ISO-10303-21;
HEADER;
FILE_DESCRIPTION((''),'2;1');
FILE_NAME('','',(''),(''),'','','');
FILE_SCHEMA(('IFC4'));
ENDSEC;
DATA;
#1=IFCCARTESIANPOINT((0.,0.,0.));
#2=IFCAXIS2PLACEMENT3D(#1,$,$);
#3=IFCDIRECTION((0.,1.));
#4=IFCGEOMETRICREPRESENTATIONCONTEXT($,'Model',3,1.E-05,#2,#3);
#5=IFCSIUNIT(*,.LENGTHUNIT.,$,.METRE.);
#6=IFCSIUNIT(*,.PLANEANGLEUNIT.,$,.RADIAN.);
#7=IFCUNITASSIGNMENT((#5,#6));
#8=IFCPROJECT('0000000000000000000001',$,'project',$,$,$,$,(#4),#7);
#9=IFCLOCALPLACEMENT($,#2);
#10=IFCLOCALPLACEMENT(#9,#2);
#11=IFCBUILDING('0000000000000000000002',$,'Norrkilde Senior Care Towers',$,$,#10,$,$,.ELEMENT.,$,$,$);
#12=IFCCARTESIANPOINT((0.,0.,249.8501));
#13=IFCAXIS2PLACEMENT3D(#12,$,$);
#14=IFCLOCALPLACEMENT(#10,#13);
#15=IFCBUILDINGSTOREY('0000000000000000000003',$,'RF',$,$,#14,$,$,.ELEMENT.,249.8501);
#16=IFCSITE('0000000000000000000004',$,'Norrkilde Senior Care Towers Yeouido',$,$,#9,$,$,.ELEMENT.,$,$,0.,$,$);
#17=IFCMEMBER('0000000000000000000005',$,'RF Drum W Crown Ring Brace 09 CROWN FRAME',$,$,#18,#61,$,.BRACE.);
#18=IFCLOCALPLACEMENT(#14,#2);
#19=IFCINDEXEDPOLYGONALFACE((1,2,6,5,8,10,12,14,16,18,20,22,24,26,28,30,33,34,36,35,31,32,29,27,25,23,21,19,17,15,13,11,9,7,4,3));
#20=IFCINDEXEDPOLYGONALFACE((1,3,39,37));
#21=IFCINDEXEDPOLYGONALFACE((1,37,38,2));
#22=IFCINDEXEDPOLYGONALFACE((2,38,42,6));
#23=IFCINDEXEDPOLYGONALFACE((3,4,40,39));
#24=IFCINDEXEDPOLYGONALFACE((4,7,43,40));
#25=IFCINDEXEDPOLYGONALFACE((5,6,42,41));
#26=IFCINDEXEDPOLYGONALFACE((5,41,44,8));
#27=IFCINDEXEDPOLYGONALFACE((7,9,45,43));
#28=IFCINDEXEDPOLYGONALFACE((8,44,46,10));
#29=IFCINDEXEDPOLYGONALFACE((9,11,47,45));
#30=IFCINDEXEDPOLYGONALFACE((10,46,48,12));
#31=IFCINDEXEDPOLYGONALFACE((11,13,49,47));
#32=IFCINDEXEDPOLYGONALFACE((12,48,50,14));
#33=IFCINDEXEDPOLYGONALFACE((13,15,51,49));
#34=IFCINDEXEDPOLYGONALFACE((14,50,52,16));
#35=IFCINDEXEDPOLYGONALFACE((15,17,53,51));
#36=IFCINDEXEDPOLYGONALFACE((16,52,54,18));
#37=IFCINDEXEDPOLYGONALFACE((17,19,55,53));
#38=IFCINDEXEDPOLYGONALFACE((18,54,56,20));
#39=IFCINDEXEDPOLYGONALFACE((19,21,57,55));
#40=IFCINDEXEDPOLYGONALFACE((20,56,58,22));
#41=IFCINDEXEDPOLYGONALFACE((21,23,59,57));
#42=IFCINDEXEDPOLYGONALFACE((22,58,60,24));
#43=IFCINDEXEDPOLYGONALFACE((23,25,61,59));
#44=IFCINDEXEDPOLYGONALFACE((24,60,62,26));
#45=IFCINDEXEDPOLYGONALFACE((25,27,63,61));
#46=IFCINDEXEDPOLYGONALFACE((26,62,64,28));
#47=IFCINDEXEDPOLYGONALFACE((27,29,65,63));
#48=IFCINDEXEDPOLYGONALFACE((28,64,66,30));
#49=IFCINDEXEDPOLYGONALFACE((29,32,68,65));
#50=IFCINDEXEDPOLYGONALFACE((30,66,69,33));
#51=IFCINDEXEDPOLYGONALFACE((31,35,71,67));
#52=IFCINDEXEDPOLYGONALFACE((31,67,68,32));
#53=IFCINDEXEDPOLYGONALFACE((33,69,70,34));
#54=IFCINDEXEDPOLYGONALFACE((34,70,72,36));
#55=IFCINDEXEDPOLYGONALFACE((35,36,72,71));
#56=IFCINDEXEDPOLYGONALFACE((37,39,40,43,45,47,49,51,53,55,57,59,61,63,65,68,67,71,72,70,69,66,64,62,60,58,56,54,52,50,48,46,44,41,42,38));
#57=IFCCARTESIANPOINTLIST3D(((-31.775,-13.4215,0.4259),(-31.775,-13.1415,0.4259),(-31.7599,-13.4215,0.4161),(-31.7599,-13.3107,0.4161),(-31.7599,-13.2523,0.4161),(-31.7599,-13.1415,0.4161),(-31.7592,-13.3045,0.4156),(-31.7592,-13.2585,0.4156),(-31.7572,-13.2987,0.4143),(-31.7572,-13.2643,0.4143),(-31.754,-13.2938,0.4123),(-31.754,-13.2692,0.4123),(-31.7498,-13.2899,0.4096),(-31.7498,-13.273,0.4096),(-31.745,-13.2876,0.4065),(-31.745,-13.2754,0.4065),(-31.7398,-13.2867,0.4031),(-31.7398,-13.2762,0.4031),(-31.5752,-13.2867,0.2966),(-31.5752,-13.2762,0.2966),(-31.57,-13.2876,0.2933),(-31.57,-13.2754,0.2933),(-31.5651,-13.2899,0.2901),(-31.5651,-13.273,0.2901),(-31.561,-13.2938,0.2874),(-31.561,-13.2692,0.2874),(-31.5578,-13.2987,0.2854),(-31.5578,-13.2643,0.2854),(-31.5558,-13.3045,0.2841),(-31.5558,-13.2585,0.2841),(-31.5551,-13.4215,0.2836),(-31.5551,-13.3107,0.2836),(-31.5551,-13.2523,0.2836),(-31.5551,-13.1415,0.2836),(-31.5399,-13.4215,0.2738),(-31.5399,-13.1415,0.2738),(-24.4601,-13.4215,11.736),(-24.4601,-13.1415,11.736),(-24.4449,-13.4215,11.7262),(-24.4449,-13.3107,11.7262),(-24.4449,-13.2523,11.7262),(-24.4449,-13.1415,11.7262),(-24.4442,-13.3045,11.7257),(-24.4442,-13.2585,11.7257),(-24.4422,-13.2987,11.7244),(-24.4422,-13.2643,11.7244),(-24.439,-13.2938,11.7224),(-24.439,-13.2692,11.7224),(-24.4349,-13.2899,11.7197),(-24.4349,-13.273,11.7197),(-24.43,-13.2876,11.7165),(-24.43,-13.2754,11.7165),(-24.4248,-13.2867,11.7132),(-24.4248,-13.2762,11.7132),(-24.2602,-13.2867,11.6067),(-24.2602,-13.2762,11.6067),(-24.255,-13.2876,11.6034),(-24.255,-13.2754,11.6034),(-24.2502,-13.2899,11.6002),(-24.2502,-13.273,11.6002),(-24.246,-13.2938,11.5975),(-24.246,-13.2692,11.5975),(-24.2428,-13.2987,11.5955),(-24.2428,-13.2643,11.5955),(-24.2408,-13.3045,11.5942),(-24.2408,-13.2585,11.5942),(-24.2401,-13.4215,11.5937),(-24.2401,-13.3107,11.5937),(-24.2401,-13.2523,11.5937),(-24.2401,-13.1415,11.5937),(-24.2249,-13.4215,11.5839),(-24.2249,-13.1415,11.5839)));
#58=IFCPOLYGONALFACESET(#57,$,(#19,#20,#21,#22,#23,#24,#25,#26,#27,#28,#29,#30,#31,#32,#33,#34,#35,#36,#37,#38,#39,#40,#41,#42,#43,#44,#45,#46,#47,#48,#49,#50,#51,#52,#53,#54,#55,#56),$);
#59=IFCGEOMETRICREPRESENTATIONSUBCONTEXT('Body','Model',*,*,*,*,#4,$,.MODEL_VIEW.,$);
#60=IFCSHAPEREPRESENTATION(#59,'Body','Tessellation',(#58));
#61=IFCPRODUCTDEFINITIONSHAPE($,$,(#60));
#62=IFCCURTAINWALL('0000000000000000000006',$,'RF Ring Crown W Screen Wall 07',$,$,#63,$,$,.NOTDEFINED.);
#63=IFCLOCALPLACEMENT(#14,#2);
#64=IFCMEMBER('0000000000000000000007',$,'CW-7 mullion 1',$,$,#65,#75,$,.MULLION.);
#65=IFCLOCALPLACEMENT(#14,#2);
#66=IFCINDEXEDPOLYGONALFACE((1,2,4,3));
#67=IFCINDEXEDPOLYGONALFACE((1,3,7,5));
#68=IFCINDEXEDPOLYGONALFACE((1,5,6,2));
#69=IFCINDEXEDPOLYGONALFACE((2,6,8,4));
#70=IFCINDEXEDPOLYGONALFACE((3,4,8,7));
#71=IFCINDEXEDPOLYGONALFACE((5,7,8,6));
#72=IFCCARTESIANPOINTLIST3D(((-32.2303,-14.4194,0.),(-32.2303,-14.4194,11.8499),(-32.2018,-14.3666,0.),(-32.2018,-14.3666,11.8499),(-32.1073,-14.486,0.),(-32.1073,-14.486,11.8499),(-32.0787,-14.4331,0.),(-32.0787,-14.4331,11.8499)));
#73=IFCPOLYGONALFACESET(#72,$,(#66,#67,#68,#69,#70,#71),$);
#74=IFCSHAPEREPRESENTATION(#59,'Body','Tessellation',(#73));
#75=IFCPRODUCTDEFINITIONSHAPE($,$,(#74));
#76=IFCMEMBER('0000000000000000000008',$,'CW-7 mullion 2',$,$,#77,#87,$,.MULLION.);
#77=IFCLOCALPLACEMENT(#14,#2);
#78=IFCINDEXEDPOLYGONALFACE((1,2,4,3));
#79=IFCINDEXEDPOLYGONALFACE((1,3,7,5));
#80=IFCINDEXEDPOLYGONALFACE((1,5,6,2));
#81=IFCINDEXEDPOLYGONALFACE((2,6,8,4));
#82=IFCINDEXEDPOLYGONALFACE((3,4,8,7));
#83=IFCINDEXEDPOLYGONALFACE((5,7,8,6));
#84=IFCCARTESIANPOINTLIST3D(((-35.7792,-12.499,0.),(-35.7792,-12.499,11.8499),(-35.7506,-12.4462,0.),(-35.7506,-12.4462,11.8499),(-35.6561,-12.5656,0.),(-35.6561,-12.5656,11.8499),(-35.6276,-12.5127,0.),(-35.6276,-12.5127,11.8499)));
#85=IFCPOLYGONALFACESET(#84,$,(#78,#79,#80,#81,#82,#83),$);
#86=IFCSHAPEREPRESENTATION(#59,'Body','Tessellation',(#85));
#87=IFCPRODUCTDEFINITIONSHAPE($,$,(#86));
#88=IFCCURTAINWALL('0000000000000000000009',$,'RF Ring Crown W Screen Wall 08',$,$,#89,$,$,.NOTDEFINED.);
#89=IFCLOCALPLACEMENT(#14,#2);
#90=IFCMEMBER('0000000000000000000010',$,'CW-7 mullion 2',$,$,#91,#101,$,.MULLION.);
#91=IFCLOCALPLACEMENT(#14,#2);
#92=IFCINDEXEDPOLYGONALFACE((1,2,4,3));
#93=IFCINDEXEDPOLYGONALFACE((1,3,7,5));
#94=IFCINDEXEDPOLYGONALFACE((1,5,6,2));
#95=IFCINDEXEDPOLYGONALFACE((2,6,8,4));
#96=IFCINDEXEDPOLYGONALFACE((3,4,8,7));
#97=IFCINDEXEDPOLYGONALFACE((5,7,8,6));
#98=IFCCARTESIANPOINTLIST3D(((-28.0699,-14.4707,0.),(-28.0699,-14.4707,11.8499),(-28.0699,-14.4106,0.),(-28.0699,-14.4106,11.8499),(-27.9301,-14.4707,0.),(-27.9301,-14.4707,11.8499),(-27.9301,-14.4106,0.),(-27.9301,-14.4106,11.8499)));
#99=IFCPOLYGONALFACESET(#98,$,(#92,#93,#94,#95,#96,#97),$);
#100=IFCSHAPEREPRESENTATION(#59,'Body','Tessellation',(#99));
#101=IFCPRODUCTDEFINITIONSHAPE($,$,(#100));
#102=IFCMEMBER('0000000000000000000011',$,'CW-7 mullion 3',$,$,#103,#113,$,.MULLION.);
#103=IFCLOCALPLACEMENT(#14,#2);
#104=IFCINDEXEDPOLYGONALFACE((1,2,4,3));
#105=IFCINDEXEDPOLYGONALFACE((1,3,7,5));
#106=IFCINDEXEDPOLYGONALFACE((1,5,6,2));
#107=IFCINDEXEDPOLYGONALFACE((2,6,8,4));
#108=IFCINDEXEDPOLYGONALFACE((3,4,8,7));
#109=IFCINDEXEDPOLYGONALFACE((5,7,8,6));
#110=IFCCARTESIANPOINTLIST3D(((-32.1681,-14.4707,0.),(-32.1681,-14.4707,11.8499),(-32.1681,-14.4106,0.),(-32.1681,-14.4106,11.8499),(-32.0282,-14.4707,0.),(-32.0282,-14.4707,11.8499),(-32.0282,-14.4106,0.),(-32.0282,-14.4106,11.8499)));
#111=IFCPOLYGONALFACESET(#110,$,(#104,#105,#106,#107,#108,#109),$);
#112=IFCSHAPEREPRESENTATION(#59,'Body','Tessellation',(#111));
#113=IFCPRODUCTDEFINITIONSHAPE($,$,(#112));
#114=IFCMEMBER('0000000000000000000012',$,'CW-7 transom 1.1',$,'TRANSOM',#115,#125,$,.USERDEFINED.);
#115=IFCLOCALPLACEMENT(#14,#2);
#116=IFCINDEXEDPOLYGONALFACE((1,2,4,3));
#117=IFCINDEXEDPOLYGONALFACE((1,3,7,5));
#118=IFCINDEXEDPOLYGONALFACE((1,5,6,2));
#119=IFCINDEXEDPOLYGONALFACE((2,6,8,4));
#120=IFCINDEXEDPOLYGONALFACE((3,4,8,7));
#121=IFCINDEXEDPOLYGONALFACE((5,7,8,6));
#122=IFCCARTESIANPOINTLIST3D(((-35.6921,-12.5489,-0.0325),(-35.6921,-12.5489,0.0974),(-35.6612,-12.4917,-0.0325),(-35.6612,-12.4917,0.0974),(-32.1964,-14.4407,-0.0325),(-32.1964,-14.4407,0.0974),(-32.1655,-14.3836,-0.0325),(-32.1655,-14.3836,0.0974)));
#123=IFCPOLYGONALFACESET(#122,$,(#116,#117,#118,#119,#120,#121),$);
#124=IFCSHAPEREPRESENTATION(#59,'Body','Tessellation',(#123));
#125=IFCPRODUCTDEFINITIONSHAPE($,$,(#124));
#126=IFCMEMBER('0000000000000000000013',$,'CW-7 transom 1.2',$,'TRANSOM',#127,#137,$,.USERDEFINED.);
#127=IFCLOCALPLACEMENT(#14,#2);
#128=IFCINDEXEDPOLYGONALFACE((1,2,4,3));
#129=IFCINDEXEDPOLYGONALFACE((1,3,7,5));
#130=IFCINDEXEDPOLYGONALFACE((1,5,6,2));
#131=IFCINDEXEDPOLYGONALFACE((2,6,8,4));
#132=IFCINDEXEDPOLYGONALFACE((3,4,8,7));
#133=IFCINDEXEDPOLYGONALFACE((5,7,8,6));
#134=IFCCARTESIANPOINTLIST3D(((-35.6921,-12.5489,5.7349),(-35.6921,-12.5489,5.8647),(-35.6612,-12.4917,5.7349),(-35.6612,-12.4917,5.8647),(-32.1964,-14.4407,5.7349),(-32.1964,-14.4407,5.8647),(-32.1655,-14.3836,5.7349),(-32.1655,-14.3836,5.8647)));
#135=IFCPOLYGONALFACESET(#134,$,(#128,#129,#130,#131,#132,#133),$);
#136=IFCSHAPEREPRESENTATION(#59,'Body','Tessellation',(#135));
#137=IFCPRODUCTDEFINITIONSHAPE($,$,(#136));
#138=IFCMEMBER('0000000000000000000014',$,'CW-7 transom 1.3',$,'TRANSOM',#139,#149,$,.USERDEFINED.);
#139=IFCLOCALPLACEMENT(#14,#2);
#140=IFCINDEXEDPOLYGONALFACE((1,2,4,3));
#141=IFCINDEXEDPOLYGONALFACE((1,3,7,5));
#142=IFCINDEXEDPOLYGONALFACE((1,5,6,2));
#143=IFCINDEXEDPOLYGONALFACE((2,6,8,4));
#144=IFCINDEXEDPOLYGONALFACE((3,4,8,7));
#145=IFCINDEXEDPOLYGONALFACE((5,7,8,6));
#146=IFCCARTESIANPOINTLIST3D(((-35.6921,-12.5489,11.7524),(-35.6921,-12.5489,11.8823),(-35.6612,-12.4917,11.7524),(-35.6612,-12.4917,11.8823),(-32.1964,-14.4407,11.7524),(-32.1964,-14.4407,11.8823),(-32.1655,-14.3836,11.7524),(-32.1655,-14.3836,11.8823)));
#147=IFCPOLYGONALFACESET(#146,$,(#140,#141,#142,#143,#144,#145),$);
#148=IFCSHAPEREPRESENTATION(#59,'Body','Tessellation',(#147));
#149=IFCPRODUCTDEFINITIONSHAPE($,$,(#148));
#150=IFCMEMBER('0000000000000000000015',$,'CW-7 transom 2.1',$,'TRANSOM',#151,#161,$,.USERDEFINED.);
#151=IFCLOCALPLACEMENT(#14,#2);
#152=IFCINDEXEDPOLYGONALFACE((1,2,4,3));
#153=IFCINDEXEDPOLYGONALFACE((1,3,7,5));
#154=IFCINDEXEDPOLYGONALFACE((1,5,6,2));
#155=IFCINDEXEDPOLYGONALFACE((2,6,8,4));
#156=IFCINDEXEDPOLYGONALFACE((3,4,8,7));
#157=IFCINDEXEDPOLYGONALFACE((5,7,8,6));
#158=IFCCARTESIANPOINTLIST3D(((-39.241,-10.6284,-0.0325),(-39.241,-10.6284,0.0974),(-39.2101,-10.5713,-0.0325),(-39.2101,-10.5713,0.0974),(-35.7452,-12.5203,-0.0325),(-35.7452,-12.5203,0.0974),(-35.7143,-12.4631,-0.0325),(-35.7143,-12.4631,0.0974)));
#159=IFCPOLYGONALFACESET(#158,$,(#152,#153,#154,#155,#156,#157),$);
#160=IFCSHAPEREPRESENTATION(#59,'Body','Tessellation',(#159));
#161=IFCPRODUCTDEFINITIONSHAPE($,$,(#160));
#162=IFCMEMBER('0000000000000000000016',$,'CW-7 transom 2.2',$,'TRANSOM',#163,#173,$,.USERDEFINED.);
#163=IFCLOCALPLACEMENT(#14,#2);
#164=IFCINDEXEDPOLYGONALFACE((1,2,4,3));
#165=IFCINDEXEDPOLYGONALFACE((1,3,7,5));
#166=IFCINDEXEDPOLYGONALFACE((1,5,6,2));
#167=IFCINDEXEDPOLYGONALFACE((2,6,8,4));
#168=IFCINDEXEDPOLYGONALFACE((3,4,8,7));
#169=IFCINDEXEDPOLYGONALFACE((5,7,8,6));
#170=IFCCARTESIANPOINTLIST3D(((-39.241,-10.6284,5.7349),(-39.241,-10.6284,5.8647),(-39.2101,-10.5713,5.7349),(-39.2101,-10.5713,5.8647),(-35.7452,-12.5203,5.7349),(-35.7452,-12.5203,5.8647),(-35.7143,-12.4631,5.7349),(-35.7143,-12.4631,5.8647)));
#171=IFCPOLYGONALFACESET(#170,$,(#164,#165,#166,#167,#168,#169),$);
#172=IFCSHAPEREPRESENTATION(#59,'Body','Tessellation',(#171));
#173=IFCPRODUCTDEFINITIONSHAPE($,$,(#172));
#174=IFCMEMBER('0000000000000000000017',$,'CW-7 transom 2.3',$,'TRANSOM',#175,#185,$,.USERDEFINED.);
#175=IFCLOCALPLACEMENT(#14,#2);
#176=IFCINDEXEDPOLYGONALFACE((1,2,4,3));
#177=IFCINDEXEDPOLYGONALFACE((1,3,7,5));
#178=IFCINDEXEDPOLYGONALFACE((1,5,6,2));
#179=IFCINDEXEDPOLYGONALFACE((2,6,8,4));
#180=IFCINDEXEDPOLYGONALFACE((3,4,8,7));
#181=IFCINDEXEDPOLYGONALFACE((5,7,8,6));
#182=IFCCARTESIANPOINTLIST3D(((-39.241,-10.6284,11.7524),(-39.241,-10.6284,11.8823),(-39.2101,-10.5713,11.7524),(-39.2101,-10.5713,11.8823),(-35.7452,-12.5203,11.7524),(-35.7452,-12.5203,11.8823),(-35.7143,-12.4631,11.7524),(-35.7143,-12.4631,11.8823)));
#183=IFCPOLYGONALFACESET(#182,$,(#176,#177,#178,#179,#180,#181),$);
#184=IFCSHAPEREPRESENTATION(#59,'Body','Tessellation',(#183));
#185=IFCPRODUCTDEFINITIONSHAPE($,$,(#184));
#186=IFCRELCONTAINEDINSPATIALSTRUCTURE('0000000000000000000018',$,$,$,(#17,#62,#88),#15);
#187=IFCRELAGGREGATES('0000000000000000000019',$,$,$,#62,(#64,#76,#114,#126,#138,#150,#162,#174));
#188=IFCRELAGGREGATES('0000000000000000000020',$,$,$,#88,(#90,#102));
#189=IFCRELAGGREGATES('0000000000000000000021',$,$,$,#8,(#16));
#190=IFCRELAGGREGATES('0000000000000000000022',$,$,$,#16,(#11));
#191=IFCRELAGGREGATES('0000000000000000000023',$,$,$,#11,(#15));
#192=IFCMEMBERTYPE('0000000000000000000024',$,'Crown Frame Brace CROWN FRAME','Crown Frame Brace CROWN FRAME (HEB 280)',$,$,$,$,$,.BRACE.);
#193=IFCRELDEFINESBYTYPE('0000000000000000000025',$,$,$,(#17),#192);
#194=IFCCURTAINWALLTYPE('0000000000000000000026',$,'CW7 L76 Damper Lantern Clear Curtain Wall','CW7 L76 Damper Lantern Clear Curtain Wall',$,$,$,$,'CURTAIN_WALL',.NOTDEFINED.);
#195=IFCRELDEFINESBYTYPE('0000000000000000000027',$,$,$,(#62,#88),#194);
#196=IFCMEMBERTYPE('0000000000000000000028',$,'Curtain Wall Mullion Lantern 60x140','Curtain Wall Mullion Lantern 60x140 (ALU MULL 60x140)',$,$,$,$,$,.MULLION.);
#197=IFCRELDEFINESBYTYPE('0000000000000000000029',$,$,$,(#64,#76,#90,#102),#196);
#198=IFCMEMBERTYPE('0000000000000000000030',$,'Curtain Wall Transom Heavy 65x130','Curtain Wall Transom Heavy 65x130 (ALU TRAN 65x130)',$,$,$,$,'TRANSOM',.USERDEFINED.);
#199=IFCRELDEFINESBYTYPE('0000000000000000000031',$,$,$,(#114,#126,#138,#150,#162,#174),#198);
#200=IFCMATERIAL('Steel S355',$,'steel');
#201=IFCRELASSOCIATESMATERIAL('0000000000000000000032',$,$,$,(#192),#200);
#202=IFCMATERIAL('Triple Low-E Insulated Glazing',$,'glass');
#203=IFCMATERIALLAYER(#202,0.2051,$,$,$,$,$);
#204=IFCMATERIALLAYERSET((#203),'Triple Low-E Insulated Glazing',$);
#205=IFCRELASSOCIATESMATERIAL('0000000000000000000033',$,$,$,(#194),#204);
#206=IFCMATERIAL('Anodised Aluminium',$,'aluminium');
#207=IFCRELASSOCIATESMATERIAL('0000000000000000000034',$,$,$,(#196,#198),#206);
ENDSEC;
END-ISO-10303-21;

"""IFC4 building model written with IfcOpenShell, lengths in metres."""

from ifc_helpers import new_model, si_unit, direction, frame, origin, origin_2d, place, context, subcontext, project, spatial, rectangle, i_section, extrude, source, transform, mapped, material, layer, layer_set, material_profile, profile_set, type_object, type_shapes, element, aggregate, save


model = new_model("IFC4")

# Units and contexts
model_context = context("Model", 3, precision=1e-05, world=origin(), true_north=direction((0.0, 1.0)))
body_context = subcontext(model_context, "Body", "Model", "MODEL_VIEW")
ifc_project = project(units=[si_unit("LENGTHUNIT", "METRE"), si_unit("PLANEANGLEUNIT", "RADIAN")], contexts=[model_context])

# Site, building, storey
site_placement = place(None, origin())
site = spatial("IfcSite", under=ifc_project, at=site_placement, Name="Norrkilde Senior Care Towers Yeouido", CompositionType="ELEMENT", RefElevation=0.0)
building_placement = place(site_placement, origin())
building = spatial("IfcBuilding", under=site, at=building_placement, Name="Norrkilde Senior Care Towers", CompositionType="ELEMENT")
storey_placement = place(building_placement, frame((0.0, 0.0, 249.8501)))
storey = spatial("IfcBuildingStorey", under=building, at=storey_placement, Name="RF", CompositionType="ELEMENT", Elevation=249.8501)

# Shared definitions
ifc_material_1 = material(Name="Steel S355", Category="steel")

# Member
ifc_material_profile_1 = material_profile(ifc_material_1, i_section(OverallWidth=0.28, OverallDepth=0.28, WebThickness=0.0105, FlangeThickness=0.0181, FilletRadius=0.0239, at=origin_2d()), Name="HEB 280")
ifc_profile_set_1 = profile_set([ifc_material_profile_1], Name="Steel S355")
member_type_1 = type_object("IfcMemberType", Name="Crown Frame Brace CROWN FRAME", Description="Crown Frame Brace CROWN FRAME (HEB 280)", PredefinedType="BRACE", material=ifc_profile_set_1)
shared_shape_1 = source(origin(), body_context, "Body", "SweptSolid", [
    extrude(i_section(OverallWidth=0.28, OverallDepth=0.28, WebThickness=0.0105, FlangeThickness=0.0181, FilletRadius=0.0239, at=origin_2d()), origin(), (0.0, 0.0, 1.0), 13.4695),
])
type_shapes(member_type_1, [shared_shape_1])
member_1_placement = place(storey_placement, frame((-31.6575, -13.2815, 0.3499), z_axis=(0.543077, 0.0, 0.839683), x_axis=(0.0, 1.0, 0.0)))
element("IfcMember", 1, at=member_1_placement, inside=storey, type_object=member_type_1, Name="RF Drum W Crown Ring Brace 09 CROWN FRAME", PredefinedType="BRACE", context=body_context, shape_type="MappedRepresentation", body=[
    mapped(shared_shape_1, transform((0.0, 0.0, 0.0), x_axis=(1.0, 0.0, 0.0), y_axis=(0.0, 1.0, 0.0), z_axis=(0.0, 0.0, 1.0), scale=1.0)),
])

# Curtain walls, members
ifc_material_2 = material(Name="Triple Low-E Insulated Glazing", Category="glass")
ifc_layer_1 = layer(ifc_material_2, 0.2051)
ifc_layer_set_1 = layer_set([ifc_layer_1], Name="Triple Low-E Insulated Glazing")
curtain_wall_type = type_object("IfcCurtainWallType", Name="CW7 L76 Damper Lantern Clear Curtain Wall", Description="CW7 L76 Damper Lantern Clear Curtain Wall", ElementType="CURTAIN_WALL", PredefinedType="NOTDEFINED", material=ifc_layer_set_1)
curtain_wall_1_placement = place(storey_placement, origin())
curtain_wall_1 = element("IfcCurtainWall", 2, at=curtain_wall_1_placement, inside=storey, type_object=curtain_wall_type, Name="RF Ring Crown W Screen Wall 07", PredefinedType="NOTDEFINED")
ifc_material_3 = material(Name="Anodised Aluminium", Category="aluminium")
ifc_material_profile_2 = material_profile(ifc_material_3, rectangle(XDim=0.0601, YDim=0.1399, at=origin_2d()), Name="ALU MULL 60x140")
ifc_profile_set_2 = profile_set([ifc_material_profile_2], Name="Anodised Aluminium")
member_type_2 = type_object("IfcMemberType", Name="Curtain Wall Mullion Lantern 60x140", Description="Curtain Wall Mullion Lantern 60x140 (ALU MULL 60x140)", PredefinedType="MULLION", material=ifc_profile_set_2)
shared_shape_2 = source(origin(), body_context, "Body", "SweptSolid", [
    extrude(rectangle(XDim=0.0601, YDim=0.1399, at=origin_2d()), origin(), (0.0, 0.0, 1.0), 11.8499),
])
type_shapes(member_type_2, [shared_shape_2])
member_2_placement = place(storey_placement, frame((-32.1545, -14.4263, 0.0), z_axis=(0.0, 0.0, 1.0), x_axis=(-0.475934, -0.879481, 0.0)))
member_2 = element("IfcMember", 3, at=member_2_placement, type_object=member_type_2, Name="CW-7 mullion 1", PredefinedType="MULLION", context=body_context, shape_type="MappedRepresentation", body=[
    mapped(shared_shape_2, transform((0.0, 0.0, 0.0), x_axis=(1.0, 0.0, 0.0), y_axis=(0.0, 1.0, 0.0), z_axis=(0.0, 0.0, 1.0), scale=1.0)),
])
member_3_placement = place(storey_placement, frame((-35.7034, -12.5059, 0.0), z_axis=(0.0, 0.0, 1.0), x_axis=(-0.475934, -0.879481, 0.0)))
member_3 = element("IfcMember", 4, at=member_3_placement, type_object=member_type_2, Name="CW-7 mullion 2", PredefinedType="MULLION", context=body_context, shape_type="MappedRepresentation", body=[
    mapped(shared_shape_2, transform((0.0, 0.0, 0.0), x_axis=(1.0, 0.0, 0.0), y_axis=(0.0, 1.0, 0.0), z_axis=(0.0, 0.0, 1.0), scale=1.0)),
])
curtain_wall_2_placement = place(storey_placement, origin())
curtain_wall_2 = element("IfcCurtainWall", 5, at=curtain_wall_2_placement, inside=storey, type_object=curtain_wall_type, Name="RF Ring Crown W Screen Wall 08", PredefinedType="NOTDEFINED")
member_4_placement = place(storey_placement, frame((-28.0, -14.4407, 0.0), z_axis=(0.0, 0.0, 1.0), x_axis=(0.0, -1.0, 0.0)))
member_4 = element("IfcMember", 6, at=member_4_placement, type_object=member_type_2, Name="CW-7 mullion 2", PredefinedType="MULLION", context=body_context, shape_type="MappedRepresentation", body=[
    mapped(shared_shape_2, transform((0.0, 0.0, 0.0), x_axis=(1.0, 0.0, 0.0), y_axis=(0.0, 1.0, 0.0), z_axis=(0.0, 0.0, 1.0), scale=1.0)),
])
member_5_placement = place(storey_placement, frame((-32.0981, -14.4407, 0.0), z_axis=(0.0, 0.0, 1.0), x_axis=(0.0, -1.0, 0.0)))
member_5 = element("IfcMember", 7, at=member_5_placement, type_object=member_type_2, Name="CW-7 mullion 3", PredefinedType="MULLION", context=body_context, shape_type="MappedRepresentation", body=[
    mapped(shared_shape_2, transform((0.0, 0.0, 0.0), x_axis=(1.0, 0.0, 0.0), y_axis=(0.0, 1.0, 0.0), z_axis=(0.0, 0.0, 1.0), scale=1.0)),
])

# Members
ifc_material_profile_3 = material_profile(ifc_material_3, rectangle(XDim=0.0649, YDim=0.1299, at=origin_2d()), Name="ALU TRAN 65x130")
ifc_profile_set_3 = profile_set([ifc_material_profile_3], Name="Anodised Aluminium")
member_type_3 = type_object("IfcMemberType", Name="Curtain Wall Transom Heavy 65x130", Description="Curtain Wall Transom Heavy 65x130 (ALU TRAN 65x130)", ElementType="TRANSOM", PredefinedType="USERDEFINED", material=ifc_profile_set_3)
shared_shape_3 = source(origin(), body_context, "Body", "SweptSolid", [
    extrude(rectangle(XDim=0.0649, YDim=0.1299, at=origin_2d()), origin(), (0.0, 0.0, 1.0), 3.9749),
])
member_6_placement = place(storey_placement, frame((-32.1809, -14.4121, 0.0325), z_axis=(-0.879475, 0.475945, 0.0), x_axis=(-0.475945, -0.879475, 0.0)))
member_6 = element("IfcMember", 8, at=member_6_placement, type_object=member_type_3, Name="CW-7 transom 1.1", ObjectType="TRANSOM", PredefinedType="USERDEFINED", context=body_context, shape_type="MappedRepresentation", body=[
    mapped(shared_shape_3, transform((0.0, 0.0, 0.0), x_axis=(1.0, 0.0, 0.0), y_axis=(0.0, 1.0, 0.0), z_axis=(0.0, 0.0, 1.0), scale=1.0)),
])
member_7_placement = place(storey_placement, frame((-32.1809, -14.4121, 5.7998), z_axis=(-0.879475, 0.475945, 0.0), x_axis=(-0.475945, -0.879475, 0.0)))
member_7 = element("IfcMember", 9, at=member_7_placement, type_object=member_type_3, Name="CW-7 transom 1.2", ObjectType="TRANSOM", PredefinedType="USERDEFINED", context=body_context, shape_type="MappedRepresentation", body=[
    mapped(shared_shape_3, transform((0.0, 0.0, 0.0), x_axis=(1.0, 0.0, 0.0), y_axis=(0.0, 1.0, 0.0), z_axis=(0.0, 0.0, 1.0), scale=1.0)),
])
member_8_placement = place(storey_placement, frame((-32.1809, -14.4121, 11.8174), z_axis=(-0.879475, 0.475945, 0.0), x_axis=(-0.475945, -0.879475, 0.0)))
member_8 = element("IfcMember", 10, at=member_8_placement, type_object=member_type_3, Name="CW-7 transom 1.3", ObjectType="TRANSOM", PredefinedType="USERDEFINED", context=body_context, shape_type="MappedRepresentation", body=[
    mapped(shared_shape_3, transform((0.0, 0.0, 0.0), x_axis=(1.0, 0.0, 0.0), y_axis=(0.0, 1.0, 0.0), z_axis=(0.0, 0.0, 1.0), scale=1.0)),
])
member_9_placement = place(storey_placement, frame((-35.7297, -12.4917, 0.0325), z_axis=(-0.879475, 0.475945, 0.0), x_axis=(-0.475945, -0.879475, 0.0)))
member_9 = element("IfcMember", 11, at=member_9_placement, type_object=member_type_3, Name="CW-7 transom 2.1", ObjectType="TRANSOM", PredefinedType="USERDEFINED", context=body_context, shape_type="MappedRepresentation", body=[
    mapped(shared_shape_3, transform((0.0, 0.0, 0.0), x_axis=(1.0, 0.0, 0.0), y_axis=(0.0, 1.0, 0.0), z_axis=(0.0, 0.0, 1.0), scale=1.0)),
])
member_10_placement = place(storey_placement, frame((-35.7297, -12.4917, 5.7998), z_axis=(-0.879475, 0.475945, 0.0), x_axis=(-0.475945, -0.879475, 0.0)))
member_10 = element("IfcMember", 12, at=member_10_placement, type_object=member_type_3, Name="CW-7 transom 2.2", ObjectType="TRANSOM", PredefinedType="USERDEFINED", context=body_context, shape_type="MappedRepresentation", body=[
    mapped(shared_shape_3, transform((0.0, 0.0, 0.0), x_axis=(1.0, 0.0, 0.0), y_axis=(0.0, 1.0, 0.0), z_axis=(0.0, 0.0, 1.0), scale=1.0)),
])
member_11_placement = place(storey_placement, frame((-35.7297, -12.4917, 11.8174), z_axis=(-0.879475, 0.475945, 0.0), x_axis=(-0.475945, -0.879475, 0.0)))
member_11 = element("IfcMember", 13, at=member_11_placement, type_object=member_type_3, Name="CW-7 transom 2.3", ObjectType="TRANSOM", PredefinedType="USERDEFINED", context=body_context, shape_type="MappedRepresentation", body=[
    mapped(shared_shape_3, transform((0.0, 0.0, 0.0), x_axis=(1.0, 0.0, 0.0), y_axis=(0.0, 1.0, 0.0), z_axis=(0.0, 0.0, 1.0), scale=1.0)),
])

aggregate(curtain_wall_1, [member_2, member_3, member_6, member_7, member_8, member_9, member_10, member_11])
aggregate(curtain_wall_2, [member_4, member_5])

save(model, "model.ifc")
